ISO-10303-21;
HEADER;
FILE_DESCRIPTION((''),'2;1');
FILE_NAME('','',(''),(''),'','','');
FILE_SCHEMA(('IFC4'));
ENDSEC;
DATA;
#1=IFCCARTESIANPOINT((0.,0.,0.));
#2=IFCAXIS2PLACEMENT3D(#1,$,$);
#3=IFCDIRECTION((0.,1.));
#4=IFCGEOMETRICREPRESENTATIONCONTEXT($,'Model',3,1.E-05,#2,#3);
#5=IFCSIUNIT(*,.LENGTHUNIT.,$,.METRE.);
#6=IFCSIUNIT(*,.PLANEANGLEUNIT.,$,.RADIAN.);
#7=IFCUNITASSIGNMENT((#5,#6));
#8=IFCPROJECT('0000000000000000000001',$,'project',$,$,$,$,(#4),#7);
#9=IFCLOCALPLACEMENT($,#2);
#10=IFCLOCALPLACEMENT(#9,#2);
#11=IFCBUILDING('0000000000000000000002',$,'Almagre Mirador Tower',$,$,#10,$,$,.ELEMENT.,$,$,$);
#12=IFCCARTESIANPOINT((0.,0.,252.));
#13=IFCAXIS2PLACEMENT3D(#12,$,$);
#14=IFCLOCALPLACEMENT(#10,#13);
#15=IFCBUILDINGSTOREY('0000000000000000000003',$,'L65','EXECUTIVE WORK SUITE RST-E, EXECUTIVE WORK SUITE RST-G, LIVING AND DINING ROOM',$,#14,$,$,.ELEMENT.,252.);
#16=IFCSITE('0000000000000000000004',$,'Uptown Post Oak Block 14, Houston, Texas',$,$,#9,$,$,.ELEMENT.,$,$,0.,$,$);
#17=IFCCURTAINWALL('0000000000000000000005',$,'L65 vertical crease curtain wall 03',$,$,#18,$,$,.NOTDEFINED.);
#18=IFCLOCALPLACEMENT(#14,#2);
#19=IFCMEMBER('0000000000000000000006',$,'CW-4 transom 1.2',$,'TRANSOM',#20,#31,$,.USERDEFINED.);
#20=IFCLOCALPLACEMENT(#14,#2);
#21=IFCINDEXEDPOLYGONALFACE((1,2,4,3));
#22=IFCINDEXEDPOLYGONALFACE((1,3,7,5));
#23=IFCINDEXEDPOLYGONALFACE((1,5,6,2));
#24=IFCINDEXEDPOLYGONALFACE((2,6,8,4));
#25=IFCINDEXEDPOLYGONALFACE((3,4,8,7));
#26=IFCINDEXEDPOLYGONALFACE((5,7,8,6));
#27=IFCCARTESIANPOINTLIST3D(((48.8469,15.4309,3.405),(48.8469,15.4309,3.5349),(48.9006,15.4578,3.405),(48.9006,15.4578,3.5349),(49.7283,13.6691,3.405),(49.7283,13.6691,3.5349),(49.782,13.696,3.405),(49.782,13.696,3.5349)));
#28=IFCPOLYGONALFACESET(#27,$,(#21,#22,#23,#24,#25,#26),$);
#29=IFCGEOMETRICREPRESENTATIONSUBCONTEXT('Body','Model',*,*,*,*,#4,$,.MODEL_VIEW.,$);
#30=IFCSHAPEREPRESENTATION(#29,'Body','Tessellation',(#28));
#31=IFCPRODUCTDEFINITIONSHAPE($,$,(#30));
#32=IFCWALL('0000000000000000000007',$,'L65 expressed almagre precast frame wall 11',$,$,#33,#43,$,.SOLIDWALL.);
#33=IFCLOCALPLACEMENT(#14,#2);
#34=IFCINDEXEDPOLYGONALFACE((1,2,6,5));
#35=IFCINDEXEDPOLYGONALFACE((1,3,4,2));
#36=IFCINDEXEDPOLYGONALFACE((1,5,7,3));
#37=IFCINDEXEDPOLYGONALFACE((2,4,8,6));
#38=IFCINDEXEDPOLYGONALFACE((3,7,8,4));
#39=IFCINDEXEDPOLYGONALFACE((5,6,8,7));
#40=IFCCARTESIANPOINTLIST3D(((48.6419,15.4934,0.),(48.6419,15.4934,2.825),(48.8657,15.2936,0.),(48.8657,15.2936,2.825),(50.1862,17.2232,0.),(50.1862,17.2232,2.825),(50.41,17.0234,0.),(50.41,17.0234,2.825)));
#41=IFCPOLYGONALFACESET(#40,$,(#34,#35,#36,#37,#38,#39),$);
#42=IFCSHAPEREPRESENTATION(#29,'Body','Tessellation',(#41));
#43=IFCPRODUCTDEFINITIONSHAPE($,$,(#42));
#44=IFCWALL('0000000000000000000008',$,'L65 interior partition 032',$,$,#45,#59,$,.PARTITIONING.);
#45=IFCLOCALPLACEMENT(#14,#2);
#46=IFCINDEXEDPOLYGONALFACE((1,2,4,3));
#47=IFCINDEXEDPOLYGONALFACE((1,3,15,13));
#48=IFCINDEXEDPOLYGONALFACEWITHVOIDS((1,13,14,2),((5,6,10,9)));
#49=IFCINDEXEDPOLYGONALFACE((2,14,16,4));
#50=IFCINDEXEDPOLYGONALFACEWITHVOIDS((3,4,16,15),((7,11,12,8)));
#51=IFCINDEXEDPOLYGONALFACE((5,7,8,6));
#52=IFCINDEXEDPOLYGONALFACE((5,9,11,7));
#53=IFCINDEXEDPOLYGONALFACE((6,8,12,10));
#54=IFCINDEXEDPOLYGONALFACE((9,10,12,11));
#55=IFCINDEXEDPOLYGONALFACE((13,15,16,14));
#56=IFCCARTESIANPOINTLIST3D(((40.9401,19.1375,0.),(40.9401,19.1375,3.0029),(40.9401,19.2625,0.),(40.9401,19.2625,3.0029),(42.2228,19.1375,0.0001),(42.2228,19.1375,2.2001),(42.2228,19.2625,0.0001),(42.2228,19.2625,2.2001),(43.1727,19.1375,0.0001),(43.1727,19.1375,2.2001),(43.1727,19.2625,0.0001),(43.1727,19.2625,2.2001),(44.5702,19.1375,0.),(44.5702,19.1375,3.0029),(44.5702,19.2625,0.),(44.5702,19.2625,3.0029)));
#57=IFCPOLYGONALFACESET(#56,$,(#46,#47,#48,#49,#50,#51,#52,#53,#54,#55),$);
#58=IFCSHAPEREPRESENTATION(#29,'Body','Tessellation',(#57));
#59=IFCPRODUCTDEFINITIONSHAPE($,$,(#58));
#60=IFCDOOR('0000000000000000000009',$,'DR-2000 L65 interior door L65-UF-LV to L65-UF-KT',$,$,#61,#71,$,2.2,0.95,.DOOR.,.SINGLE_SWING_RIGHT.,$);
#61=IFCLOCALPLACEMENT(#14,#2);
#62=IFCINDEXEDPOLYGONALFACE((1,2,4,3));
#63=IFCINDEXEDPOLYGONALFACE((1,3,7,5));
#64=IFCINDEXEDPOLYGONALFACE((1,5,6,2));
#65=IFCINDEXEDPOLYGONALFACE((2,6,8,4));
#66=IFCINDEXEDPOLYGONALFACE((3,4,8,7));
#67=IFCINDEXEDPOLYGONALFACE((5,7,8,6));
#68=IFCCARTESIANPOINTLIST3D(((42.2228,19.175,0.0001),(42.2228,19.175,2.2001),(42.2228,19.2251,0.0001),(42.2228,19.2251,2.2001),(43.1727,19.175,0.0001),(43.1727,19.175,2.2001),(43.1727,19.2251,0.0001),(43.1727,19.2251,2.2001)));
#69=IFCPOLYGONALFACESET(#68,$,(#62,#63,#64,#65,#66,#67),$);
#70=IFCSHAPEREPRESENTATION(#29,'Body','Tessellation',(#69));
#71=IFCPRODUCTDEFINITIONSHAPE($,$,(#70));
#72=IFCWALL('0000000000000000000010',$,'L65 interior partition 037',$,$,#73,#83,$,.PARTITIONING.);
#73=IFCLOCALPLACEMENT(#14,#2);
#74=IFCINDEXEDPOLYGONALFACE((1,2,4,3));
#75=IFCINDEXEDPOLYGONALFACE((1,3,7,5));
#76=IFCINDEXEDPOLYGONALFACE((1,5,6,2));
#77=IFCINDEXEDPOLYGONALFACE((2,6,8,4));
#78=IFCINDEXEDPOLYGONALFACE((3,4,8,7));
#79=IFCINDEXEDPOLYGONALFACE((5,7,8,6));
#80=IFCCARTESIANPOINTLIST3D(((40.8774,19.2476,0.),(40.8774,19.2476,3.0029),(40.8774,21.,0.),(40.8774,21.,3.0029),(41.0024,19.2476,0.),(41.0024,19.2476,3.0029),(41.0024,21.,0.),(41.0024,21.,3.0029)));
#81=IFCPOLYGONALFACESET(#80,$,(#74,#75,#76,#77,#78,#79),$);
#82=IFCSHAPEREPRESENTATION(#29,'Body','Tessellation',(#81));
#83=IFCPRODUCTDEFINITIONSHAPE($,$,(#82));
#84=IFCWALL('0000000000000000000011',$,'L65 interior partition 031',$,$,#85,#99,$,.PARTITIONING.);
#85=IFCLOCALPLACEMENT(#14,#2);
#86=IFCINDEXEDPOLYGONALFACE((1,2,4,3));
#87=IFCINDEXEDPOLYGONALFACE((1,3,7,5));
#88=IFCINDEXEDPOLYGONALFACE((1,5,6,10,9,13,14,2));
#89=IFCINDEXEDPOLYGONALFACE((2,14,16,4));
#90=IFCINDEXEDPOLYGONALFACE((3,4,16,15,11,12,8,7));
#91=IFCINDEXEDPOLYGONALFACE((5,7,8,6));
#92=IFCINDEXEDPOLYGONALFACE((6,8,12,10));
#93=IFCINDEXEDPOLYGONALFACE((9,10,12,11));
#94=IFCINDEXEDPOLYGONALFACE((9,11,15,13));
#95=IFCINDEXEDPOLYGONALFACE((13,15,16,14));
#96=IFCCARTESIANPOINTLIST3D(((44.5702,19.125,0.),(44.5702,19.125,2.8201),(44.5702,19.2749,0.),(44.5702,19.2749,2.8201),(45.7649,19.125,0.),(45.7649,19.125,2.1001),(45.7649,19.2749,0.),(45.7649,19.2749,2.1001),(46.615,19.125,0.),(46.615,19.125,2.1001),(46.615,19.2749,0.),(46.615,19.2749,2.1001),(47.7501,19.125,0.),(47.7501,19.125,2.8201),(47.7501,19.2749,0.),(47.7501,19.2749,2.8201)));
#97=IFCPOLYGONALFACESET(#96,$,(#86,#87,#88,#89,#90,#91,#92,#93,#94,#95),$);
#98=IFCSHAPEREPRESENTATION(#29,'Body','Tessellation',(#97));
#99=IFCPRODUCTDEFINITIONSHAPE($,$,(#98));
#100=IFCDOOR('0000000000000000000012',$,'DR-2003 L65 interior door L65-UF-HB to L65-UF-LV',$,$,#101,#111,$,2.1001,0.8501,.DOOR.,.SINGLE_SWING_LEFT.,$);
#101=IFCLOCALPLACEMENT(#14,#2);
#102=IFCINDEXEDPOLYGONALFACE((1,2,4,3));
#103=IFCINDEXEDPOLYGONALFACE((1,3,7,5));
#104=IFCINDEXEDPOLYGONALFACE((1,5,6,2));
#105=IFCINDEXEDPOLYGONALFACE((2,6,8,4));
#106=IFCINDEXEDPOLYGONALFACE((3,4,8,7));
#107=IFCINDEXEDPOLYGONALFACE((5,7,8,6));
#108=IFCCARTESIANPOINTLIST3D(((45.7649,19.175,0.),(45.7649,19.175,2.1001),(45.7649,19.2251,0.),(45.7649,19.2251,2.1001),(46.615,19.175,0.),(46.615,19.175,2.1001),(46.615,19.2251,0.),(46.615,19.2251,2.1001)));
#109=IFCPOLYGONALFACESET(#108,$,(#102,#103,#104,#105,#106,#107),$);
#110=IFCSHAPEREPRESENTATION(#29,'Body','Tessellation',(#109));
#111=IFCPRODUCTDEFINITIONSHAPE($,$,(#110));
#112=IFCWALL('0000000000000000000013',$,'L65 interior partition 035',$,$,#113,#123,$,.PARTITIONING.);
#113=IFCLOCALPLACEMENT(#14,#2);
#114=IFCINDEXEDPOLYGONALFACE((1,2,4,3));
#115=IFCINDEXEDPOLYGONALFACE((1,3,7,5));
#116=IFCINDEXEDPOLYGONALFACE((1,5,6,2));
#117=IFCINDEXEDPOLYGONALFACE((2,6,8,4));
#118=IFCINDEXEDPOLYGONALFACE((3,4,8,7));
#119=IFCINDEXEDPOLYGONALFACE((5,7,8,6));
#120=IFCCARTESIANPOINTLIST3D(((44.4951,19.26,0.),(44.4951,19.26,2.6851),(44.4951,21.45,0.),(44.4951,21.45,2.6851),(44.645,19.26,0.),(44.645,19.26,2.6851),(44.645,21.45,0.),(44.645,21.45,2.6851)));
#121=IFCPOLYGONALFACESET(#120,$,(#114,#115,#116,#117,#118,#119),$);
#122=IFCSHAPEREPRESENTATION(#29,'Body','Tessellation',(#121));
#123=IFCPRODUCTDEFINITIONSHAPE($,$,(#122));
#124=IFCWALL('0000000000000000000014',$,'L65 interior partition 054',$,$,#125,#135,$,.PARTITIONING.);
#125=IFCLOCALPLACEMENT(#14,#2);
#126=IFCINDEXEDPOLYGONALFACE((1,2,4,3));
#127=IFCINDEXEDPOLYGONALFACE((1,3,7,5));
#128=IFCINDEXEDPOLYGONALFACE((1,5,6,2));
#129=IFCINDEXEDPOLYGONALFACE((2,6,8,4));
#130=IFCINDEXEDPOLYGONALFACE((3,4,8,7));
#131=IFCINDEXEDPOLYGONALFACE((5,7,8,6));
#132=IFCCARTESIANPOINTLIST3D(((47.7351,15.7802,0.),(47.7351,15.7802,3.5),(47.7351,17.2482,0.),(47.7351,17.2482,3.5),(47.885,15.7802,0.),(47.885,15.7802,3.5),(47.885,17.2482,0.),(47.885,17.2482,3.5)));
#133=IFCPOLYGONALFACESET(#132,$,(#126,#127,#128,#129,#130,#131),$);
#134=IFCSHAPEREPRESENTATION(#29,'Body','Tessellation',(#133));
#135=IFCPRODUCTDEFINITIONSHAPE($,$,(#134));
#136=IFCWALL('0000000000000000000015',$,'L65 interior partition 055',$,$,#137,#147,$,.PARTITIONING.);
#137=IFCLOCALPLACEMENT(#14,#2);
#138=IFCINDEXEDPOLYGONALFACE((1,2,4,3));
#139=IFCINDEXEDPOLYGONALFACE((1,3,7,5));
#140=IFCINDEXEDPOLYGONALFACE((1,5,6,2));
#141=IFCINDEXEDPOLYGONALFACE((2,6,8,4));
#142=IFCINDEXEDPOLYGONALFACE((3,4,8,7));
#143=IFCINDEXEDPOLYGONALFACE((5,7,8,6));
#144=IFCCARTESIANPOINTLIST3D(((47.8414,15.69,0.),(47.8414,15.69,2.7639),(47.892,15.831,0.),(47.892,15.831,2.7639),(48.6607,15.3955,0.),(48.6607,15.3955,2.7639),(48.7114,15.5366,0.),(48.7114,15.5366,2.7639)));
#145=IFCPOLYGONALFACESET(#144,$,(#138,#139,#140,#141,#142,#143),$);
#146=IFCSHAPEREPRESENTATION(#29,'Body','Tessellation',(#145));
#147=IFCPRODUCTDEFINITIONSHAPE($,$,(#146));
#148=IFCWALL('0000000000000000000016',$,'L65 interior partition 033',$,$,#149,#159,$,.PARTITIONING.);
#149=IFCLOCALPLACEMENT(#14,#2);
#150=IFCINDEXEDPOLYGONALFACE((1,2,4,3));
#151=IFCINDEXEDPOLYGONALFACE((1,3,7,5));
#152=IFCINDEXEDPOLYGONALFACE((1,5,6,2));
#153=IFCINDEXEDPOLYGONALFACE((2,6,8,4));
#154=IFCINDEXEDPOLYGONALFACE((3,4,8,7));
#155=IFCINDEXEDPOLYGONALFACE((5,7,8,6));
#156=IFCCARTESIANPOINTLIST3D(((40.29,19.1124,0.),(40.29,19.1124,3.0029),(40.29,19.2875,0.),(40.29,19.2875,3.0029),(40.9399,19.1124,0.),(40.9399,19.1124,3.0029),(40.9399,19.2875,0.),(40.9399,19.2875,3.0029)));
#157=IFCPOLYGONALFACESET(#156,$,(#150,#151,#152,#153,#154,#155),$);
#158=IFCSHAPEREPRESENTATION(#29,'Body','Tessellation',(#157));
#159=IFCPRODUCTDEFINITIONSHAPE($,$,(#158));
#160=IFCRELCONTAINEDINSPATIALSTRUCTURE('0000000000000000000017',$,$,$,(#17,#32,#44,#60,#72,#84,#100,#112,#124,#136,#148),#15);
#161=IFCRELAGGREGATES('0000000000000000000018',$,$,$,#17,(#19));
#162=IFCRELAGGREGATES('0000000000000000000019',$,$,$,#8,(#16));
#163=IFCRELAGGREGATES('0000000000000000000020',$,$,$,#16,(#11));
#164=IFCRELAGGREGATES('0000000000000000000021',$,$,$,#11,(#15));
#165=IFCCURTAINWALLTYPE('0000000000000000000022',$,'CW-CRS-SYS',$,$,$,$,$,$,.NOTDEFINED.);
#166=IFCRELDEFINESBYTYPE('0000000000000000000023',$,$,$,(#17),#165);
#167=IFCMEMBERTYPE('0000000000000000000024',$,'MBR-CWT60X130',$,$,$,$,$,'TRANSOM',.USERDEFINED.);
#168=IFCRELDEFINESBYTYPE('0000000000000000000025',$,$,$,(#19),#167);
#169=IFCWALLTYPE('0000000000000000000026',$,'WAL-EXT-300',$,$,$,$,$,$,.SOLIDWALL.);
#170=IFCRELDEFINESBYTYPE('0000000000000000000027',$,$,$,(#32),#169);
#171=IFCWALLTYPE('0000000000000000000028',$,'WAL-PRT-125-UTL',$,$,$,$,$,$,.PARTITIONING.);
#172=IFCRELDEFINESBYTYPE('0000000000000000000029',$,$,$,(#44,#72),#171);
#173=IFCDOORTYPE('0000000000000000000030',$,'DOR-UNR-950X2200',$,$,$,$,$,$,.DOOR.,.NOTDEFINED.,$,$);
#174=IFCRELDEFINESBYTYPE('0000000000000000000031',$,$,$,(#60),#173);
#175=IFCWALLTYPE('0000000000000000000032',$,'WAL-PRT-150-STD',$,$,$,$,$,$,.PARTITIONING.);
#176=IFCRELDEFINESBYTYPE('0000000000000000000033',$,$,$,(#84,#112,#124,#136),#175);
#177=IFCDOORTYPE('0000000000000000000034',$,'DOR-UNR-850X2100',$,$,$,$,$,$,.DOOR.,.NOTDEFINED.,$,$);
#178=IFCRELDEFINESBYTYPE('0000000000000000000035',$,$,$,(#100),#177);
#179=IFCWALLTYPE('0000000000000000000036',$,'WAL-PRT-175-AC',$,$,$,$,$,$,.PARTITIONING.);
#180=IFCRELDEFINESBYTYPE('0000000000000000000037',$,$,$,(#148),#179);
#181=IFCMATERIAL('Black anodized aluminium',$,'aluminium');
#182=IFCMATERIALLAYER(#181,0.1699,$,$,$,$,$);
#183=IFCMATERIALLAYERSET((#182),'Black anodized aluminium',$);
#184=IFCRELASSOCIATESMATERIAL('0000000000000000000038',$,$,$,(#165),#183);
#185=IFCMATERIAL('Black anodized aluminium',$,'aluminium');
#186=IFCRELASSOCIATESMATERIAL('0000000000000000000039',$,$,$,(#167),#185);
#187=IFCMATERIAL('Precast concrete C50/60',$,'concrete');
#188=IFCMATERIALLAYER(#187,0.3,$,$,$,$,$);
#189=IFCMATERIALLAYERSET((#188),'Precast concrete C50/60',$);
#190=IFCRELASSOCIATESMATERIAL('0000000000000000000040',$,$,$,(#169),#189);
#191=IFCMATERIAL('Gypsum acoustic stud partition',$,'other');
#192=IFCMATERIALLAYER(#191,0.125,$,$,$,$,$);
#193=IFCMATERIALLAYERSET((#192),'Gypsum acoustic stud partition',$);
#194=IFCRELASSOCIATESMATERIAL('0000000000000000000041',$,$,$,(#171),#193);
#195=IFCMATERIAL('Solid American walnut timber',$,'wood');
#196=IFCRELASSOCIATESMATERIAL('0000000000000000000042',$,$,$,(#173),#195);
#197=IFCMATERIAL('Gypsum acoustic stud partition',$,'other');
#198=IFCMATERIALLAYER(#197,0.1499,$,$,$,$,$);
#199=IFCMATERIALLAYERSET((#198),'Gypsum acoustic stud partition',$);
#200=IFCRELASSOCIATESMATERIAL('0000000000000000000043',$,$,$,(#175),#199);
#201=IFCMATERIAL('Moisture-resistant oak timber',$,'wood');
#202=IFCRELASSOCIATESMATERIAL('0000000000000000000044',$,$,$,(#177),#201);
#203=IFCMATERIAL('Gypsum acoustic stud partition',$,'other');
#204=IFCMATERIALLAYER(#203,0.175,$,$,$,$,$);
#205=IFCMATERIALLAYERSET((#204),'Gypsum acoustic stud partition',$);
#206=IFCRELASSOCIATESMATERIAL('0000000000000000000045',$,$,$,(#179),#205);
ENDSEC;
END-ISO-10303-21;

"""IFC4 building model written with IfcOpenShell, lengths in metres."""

from ifc_helpers import new_model, si_unit, direction, frame, frame_2d, origin, origin_2d, place, context, subcontext, project, spatial, rectangle, extrude, material, layer, layer_set, material_profile, profile_set, type_object, element, fill, aggregate, save


model = new_model("IFC4")

# Units and contexts
model_context = context("Model", 3, precision=1e-05, world=origin(), true_north=direction((0.0, 1.0)))
body_context = subcontext(model_context, "Body", "Model", "MODEL_VIEW")
ifc_project = project(units=[si_unit("LENGTHUNIT", "METRE"), si_unit("PLANEANGLEUNIT", "RADIAN")], contexts=[model_context])

# Site, building, storey
site_placement = place(None, origin())
site = spatial("IfcSite", under=ifc_project, at=site_placement, Name="Uptown Post Oak Block 14, Houston, Texas", CompositionType="ELEMENT", RefElevation=0.0)
building_placement = place(site_placement, origin())
building = spatial("IfcBuilding", under=site, at=building_placement, Name="Almagre Mirador Tower", CompositionType="ELEMENT")
storey_placement = place(building_placement, frame((0.0, 0.0, 252.0)))
storey = spatial("IfcBuildingStorey", under=building, at=storey_placement, Name="L65", Description="EXECUTIVE WORK SUITE RST-E, EXECUTIVE WORK SUITE RST-G, LIVING AND DINING ROOM", CompositionType="ELEMENT", Elevation=252.0)

# Curtain wall, member
ifc_material_1 = material(Name="Black anodized aluminium", Category="aluminium")
ifc_layer_1 = layer(ifc_material_1, 0.1699)
ifc_layer_set_1 = layer_set([ifc_layer_1], Name="Black anodized aluminium")
curtain_wall_type = type_object("IfcCurtainWallType", Name="CW-CRS-SYS", PredefinedType="NOTDEFINED", material=ifc_layer_set_1)
curtain_wall_placement = place(storey_placement, origin())
curtain_wall = element("IfcCurtainWall", 1, at=curtain_wall_placement, inside=storey, type_object=curtain_wall_type, Name="L65 vertical crease curtain wall 03", PredefinedType="NOTDEFINED")
ifc_material_2 = material(Name="Black anodized aluminium", Category="aluminium")
ifc_material_profile_1 = material_profile(ifc_material_2, rectangle(XDim=0.0601, YDim=0.1299, at=origin_2d()), Name="CWT60X130")
ifc_profile_set_1 = profile_set([ifc_material_profile_1], Name="Black anodized aluminium")
member_type_1 = type_object("IfcMemberType", Name="MBR-CWT60X130", ElementType="TRANSOM", PredefinedType="USERDEFINED", material=ifc_profile_set_1)
member_1_placement = place(storey_placement, frame((48.8738, 15.4443, 3.47), z_axis=(0.447412, -0.894328, 0.0), x_axis=(0.894328, 0.447412, 0.0)))
member_1 = element("IfcMember", 2, at=member_1_placement, type_object=member_type_1, Name="CW-4 transom 1.2", ObjectType="TRANSOM", PredefinedType="USERDEFINED", context=body_context, shape_type="SweptSolid", body=[
    extrude(rectangle(XDim=0.0601, YDim=0.1299, at=origin_2d()), origin(), (0.0, 0.0, 1.0), 1.97),
])
aggregate(curtain_wall, [member_1])

# Wall
ifc_material_3 = material(Name="Precast concrete C50/60", Category="concrete")
ifc_layer_2 = layer(ifc_material_3, 0.3)
ifc_layer_set_2 = layer_set([ifc_layer_2], Name="Precast concrete C50/60")
wall_type_1 = type_object("IfcWallType", Name="WAL-EXT-300", PredefinedType="SOLIDWALL", material=ifc_layer_set_2)
wall_1_placement = place(storey_placement, frame((50.2981, 17.1233, 0.0), z_axis=(0.0, 0.0, 1.0), x_axis=(-0.665963, -0.745984, 0.0)))
element("IfcWall", 3, at=wall_1_placement, inside=storey, type_object=wall_type_1, Name="L65 expressed almagre precast frame wall 11", PredefinedType="SOLIDWALL", context=body_context, shape_type="SweptSolid", body=[
    extrude(rectangle(XDim=2.3188, YDim=0.3, at=frame_2d((1.1594, 0.0))), origin(), (0.0, 0.0, 1.0), 2.825),
])

# Wall, opening, door
ifc_material_4 = material(Name="Gypsum acoustic stud partition", Category="other")
ifc_layer_3 = layer(ifc_material_4, 0.125)
ifc_layer_set_3 = layer_set([ifc_layer_3], Name="Gypsum acoustic stud partition")
wall_type_2 = type_object("IfcWallType", Name="WAL-PRT-125-UTL", PredefinedType="PARTITIONING", material=ifc_layer_set_3)
wall_2_placement = place(storey_placement, frame((44.5701, 19.2, 0.0), z_axis=(0.0, 0.0, 1.0), x_axis=(-1.0, 0.0, 0.0)))
wall_2 = element("IfcWall", 4, at=wall_2_placement, inside=storey, type_object=wall_type_2, Name="L65 interior partition 032", PredefinedType="PARTITIONING", context=body_context, shape_type="SweptSolid", body=[
    extrude(rectangle(XDim=3.6301, YDim=0.125, at=frame_2d((1.8149, 0.0))), origin(), (0.0, 0.0, 1.0), 3.0029),
])
opening_1_placement = place(wall_2_placement, frame((1.3972, 0.0, 0.0)))
opening_1 = element("IfcOpeningElement", 5, at=opening_1_placement, cuts=wall_2, PredefinedType="OPENING", context=body_context, shape_type="SweptSolid", body=[
    extrude(rectangle(XDim=0.95, YDim=2.2, at=frame_2d((0.4751, 1.1001))), frame((0.0, 0.0725, 0.0), z_axis=(0.0, -1.0, 0.0), x_axis=(1.0, 0.0, 0.0)), (0.0, 0.0, 1.0), 0.145),
])
ifc_material_5 = material(Name="Solid American walnut timber", Category="wood")
door_type_1 = type_object("IfcDoorType", Name="DOR-UNR-950X2200", OperationType="NOTDEFINED", PredefinedType="DOOR", material=ifc_material_5)
door_1_placement = place(opening_1_placement, origin())
door_1 = element("IfcDoor", 6, at=door_1_placement, inside=storey, type_object=door_type_1, Name="DR-2000 L65 interior door L65-UF-LV to L65-UF-KT", OperationType="SINGLE_SWING_RIGHT", OverallHeight=2.2, OverallWidth=0.95, PredefinedType="DOOR", context=body_context, shape_type="SweptSolid", body=[
    extrude(rectangle(XDim=0.95, YDim=2.2, at=frame_2d((0.4751, 1.1001))), frame((0.0, 0.0249, 0.0), z_axis=(0.0, -1.0, 0.0), x_axis=(1.0, 0.0, 0.0)), (0.0, 0.0, 1.0), 0.05),
])
fill(opening_1, door_1)

# Wall
wall_3_placement = place(storey_placement, frame((40.9399, 21.0, 0.0), z_axis=(0.0, 0.0, 1.0), x_axis=(0.0, -1.0, 0.0)))
element("IfcWall", 7, at=wall_3_placement, inside=storey, type_object=wall_type_2, Name="L65 interior partition 037", PredefinedType="PARTITIONING", context=body_context, shape_type="SweptSolid", body=[
    extrude(rectangle(XDim=1.7524, YDim=0.125, at=frame_2d((0.8762, 0.0))), origin(), (0.0, 0.0, 1.0), 3.0029),
])

# Wall, opening, door
ifc_material_6 = material(Name="Gypsum acoustic stud partition", Category="other")
ifc_layer_4 = layer(ifc_material_6, 0.1499)
ifc_layer_set_4 = layer_set([ifc_layer_4], Name="Gypsum acoustic stud partition")
wall_type_3 = type_object("IfcWallType", Name="WAL-PRT-150-STD", PredefinedType="PARTITIONING", material=ifc_layer_set_4)
wall_4_placement = place(storey_placement, frame((47.75, 19.2, 0.0), z_axis=(0.0, 0.0, 1.0), x_axis=(-1.0, 0.0, 0.0)))
wall_4 = element("IfcWall", 8, at=wall_4_placement, inside=storey, type_object=wall_type_3, Name="L65 interior partition 031", PredefinedType="PARTITIONING", context=body_context, shape_type="SweptSolid", body=[
    extrude(rectangle(XDim=3.1799, YDim=0.1499, at=frame_2d((1.5898, 0.0))), origin(), (0.0, 0.0, 1.0), 2.8201),
])
opening_2_placement = place(wall_4_placement, frame((1.135, 0.0, 0.0)))
opening_2 = element("IfcOpeningElement", 9, at=opening_2_placement, cuts=wall_4, PredefinedType="OPENING", context=body_context, shape_type="SweptSolid", body=[
    extrude(rectangle(XDim=0.8501, YDim=2.1001, at=frame_2d((0.425, 1.05))), frame((0.0, 0.085, 0.0), z_axis=(0.0, -1.0, 0.0), x_axis=(1.0, 0.0, 0.0)), (0.0, 0.0, 1.0), 0.1699),
])
ifc_material_7 = material(Name="Moisture-resistant oak timber", Category="wood")
door_type_2 = type_object("IfcDoorType", Name="DOR-UNR-850X2100", OperationType="NOTDEFINED", PredefinedType="DOOR", material=ifc_material_7)
door_2_placement = place(opening_2_placement, origin())
door_2 = element("IfcDoor", 10, at=door_2_placement, inside=storey, type_object=door_type_2, Name="DR-2003 L65 interior door L65-UF-HB to L65-UF-LV", OperationType="SINGLE_SWING_LEFT", OverallHeight=2.1001, OverallWidth=0.8501, PredefinedType="DOOR", context=body_context, shape_type="SweptSolid", body=[
    extrude(rectangle(XDim=0.8501, YDim=2.1001, at=frame_2d((0.425, 1.05))), frame((0.0, 0.0249, 0.0), z_axis=(0.0, -1.0, 0.0), x_axis=(1.0, 0.0, 0.0)), (0.0, 0.0, 1.0), 0.05),
])
fill(opening_2, door_2)

# Walls
wall_5_placement = place(storey_placement, frame((44.5701, 21.45, 0.0), z_axis=(0.0, 0.0, 1.0), x_axis=(0.0, -1.0, 0.0)))
element("IfcWall", 11, at=wall_5_placement, inside=storey, type_object=wall_type_3, Name="L65 interior partition 035", PredefinedType="PARTITIONING", context=body_context, shape_type="SweptSolid", body=[
    extrude(rectangle(XDim=2.1899, YDim=0.1499, at=frame_2d((1.095, 0.0))), origin(), (0.0, 0.0, 1.0), 2.6851),
])
wall_6_placement = place(storey_placement, frame((47.8101, 17.248, 0.0), z_axis=(0.0, 0.0, 1.0), x_axis=(0.0, -1.0, 0.0)))
element("IfcWall", 12, at=wall_6_placement, inside=storey, type_object=wall_type_3, Name="L65 interior partition 054", PredefinedType="PARTITIONING", context=body_context, shape_type="SweptSolid", body=[
    extrude(rectangle(XDim=1.468, YDim=0.1499, at=frame_2d((0.7339, 0.0))), origin(), (0.0, 0.0, 1.0), 3.5),
])
wall_7_placement = place(storey_placement, frame((47.8667, 15.7605, 0.0), z_axis=(0.0, 0.0, 1.0), x_axis=(0.94108, -0.338183, 0.0)))
element("IfcWall", 13, at=wall_7_placement, inside=storey, type_object=wall_type_3, Name="L65 interior partition 055", PredefinedType="PARTITIONING", context=body_context, shape_type="SweptSolid", body=[
    extrude(rectangle(XDim=0.8706, YDim=0.1499, at=frame_2d((0.4353, 0.0))), origin(), (0.0, 0.0, 1.0), 2.7639),
])
ifc_material_8 = material(Name="Gypsum acoustic stud partition", Category="other")
ifc_layer_5 = layer(ifc_material_8, 0.175)
ifc_layer_set_5 = layer_set([ifc_layer_5], Name="Gypsum acoustic stud partition")
wall_type_4 = type_object("IfcWallType", Name="WAL-PRT-175-AC", PredefinedType="PARTITIONING", material=ifc_layer_set_5)
wall_8_placement = place(storey_placement, frame((40.9399, 19.2, 0.0), z_axis=(0.0, 0.0, 1.0), x_axis=(-1.0, 0.0, 0.0)))
element("IfcWall", 14, at=wall_8_placement, inside=storey, type_object=wall_type_4, Name="L65 interior partition 033", PredefinedType="PARTITIONING", context=body_context, shape_type="SweptSolid", body=[
    extrude(rectangle(XDim=0.6499, YDim=0.175, at=frame_2d((0.325, 0.0))), origin(), (0.0, 0.0, 1.0), 3.0029),
])

save(model, "model.ifc")
